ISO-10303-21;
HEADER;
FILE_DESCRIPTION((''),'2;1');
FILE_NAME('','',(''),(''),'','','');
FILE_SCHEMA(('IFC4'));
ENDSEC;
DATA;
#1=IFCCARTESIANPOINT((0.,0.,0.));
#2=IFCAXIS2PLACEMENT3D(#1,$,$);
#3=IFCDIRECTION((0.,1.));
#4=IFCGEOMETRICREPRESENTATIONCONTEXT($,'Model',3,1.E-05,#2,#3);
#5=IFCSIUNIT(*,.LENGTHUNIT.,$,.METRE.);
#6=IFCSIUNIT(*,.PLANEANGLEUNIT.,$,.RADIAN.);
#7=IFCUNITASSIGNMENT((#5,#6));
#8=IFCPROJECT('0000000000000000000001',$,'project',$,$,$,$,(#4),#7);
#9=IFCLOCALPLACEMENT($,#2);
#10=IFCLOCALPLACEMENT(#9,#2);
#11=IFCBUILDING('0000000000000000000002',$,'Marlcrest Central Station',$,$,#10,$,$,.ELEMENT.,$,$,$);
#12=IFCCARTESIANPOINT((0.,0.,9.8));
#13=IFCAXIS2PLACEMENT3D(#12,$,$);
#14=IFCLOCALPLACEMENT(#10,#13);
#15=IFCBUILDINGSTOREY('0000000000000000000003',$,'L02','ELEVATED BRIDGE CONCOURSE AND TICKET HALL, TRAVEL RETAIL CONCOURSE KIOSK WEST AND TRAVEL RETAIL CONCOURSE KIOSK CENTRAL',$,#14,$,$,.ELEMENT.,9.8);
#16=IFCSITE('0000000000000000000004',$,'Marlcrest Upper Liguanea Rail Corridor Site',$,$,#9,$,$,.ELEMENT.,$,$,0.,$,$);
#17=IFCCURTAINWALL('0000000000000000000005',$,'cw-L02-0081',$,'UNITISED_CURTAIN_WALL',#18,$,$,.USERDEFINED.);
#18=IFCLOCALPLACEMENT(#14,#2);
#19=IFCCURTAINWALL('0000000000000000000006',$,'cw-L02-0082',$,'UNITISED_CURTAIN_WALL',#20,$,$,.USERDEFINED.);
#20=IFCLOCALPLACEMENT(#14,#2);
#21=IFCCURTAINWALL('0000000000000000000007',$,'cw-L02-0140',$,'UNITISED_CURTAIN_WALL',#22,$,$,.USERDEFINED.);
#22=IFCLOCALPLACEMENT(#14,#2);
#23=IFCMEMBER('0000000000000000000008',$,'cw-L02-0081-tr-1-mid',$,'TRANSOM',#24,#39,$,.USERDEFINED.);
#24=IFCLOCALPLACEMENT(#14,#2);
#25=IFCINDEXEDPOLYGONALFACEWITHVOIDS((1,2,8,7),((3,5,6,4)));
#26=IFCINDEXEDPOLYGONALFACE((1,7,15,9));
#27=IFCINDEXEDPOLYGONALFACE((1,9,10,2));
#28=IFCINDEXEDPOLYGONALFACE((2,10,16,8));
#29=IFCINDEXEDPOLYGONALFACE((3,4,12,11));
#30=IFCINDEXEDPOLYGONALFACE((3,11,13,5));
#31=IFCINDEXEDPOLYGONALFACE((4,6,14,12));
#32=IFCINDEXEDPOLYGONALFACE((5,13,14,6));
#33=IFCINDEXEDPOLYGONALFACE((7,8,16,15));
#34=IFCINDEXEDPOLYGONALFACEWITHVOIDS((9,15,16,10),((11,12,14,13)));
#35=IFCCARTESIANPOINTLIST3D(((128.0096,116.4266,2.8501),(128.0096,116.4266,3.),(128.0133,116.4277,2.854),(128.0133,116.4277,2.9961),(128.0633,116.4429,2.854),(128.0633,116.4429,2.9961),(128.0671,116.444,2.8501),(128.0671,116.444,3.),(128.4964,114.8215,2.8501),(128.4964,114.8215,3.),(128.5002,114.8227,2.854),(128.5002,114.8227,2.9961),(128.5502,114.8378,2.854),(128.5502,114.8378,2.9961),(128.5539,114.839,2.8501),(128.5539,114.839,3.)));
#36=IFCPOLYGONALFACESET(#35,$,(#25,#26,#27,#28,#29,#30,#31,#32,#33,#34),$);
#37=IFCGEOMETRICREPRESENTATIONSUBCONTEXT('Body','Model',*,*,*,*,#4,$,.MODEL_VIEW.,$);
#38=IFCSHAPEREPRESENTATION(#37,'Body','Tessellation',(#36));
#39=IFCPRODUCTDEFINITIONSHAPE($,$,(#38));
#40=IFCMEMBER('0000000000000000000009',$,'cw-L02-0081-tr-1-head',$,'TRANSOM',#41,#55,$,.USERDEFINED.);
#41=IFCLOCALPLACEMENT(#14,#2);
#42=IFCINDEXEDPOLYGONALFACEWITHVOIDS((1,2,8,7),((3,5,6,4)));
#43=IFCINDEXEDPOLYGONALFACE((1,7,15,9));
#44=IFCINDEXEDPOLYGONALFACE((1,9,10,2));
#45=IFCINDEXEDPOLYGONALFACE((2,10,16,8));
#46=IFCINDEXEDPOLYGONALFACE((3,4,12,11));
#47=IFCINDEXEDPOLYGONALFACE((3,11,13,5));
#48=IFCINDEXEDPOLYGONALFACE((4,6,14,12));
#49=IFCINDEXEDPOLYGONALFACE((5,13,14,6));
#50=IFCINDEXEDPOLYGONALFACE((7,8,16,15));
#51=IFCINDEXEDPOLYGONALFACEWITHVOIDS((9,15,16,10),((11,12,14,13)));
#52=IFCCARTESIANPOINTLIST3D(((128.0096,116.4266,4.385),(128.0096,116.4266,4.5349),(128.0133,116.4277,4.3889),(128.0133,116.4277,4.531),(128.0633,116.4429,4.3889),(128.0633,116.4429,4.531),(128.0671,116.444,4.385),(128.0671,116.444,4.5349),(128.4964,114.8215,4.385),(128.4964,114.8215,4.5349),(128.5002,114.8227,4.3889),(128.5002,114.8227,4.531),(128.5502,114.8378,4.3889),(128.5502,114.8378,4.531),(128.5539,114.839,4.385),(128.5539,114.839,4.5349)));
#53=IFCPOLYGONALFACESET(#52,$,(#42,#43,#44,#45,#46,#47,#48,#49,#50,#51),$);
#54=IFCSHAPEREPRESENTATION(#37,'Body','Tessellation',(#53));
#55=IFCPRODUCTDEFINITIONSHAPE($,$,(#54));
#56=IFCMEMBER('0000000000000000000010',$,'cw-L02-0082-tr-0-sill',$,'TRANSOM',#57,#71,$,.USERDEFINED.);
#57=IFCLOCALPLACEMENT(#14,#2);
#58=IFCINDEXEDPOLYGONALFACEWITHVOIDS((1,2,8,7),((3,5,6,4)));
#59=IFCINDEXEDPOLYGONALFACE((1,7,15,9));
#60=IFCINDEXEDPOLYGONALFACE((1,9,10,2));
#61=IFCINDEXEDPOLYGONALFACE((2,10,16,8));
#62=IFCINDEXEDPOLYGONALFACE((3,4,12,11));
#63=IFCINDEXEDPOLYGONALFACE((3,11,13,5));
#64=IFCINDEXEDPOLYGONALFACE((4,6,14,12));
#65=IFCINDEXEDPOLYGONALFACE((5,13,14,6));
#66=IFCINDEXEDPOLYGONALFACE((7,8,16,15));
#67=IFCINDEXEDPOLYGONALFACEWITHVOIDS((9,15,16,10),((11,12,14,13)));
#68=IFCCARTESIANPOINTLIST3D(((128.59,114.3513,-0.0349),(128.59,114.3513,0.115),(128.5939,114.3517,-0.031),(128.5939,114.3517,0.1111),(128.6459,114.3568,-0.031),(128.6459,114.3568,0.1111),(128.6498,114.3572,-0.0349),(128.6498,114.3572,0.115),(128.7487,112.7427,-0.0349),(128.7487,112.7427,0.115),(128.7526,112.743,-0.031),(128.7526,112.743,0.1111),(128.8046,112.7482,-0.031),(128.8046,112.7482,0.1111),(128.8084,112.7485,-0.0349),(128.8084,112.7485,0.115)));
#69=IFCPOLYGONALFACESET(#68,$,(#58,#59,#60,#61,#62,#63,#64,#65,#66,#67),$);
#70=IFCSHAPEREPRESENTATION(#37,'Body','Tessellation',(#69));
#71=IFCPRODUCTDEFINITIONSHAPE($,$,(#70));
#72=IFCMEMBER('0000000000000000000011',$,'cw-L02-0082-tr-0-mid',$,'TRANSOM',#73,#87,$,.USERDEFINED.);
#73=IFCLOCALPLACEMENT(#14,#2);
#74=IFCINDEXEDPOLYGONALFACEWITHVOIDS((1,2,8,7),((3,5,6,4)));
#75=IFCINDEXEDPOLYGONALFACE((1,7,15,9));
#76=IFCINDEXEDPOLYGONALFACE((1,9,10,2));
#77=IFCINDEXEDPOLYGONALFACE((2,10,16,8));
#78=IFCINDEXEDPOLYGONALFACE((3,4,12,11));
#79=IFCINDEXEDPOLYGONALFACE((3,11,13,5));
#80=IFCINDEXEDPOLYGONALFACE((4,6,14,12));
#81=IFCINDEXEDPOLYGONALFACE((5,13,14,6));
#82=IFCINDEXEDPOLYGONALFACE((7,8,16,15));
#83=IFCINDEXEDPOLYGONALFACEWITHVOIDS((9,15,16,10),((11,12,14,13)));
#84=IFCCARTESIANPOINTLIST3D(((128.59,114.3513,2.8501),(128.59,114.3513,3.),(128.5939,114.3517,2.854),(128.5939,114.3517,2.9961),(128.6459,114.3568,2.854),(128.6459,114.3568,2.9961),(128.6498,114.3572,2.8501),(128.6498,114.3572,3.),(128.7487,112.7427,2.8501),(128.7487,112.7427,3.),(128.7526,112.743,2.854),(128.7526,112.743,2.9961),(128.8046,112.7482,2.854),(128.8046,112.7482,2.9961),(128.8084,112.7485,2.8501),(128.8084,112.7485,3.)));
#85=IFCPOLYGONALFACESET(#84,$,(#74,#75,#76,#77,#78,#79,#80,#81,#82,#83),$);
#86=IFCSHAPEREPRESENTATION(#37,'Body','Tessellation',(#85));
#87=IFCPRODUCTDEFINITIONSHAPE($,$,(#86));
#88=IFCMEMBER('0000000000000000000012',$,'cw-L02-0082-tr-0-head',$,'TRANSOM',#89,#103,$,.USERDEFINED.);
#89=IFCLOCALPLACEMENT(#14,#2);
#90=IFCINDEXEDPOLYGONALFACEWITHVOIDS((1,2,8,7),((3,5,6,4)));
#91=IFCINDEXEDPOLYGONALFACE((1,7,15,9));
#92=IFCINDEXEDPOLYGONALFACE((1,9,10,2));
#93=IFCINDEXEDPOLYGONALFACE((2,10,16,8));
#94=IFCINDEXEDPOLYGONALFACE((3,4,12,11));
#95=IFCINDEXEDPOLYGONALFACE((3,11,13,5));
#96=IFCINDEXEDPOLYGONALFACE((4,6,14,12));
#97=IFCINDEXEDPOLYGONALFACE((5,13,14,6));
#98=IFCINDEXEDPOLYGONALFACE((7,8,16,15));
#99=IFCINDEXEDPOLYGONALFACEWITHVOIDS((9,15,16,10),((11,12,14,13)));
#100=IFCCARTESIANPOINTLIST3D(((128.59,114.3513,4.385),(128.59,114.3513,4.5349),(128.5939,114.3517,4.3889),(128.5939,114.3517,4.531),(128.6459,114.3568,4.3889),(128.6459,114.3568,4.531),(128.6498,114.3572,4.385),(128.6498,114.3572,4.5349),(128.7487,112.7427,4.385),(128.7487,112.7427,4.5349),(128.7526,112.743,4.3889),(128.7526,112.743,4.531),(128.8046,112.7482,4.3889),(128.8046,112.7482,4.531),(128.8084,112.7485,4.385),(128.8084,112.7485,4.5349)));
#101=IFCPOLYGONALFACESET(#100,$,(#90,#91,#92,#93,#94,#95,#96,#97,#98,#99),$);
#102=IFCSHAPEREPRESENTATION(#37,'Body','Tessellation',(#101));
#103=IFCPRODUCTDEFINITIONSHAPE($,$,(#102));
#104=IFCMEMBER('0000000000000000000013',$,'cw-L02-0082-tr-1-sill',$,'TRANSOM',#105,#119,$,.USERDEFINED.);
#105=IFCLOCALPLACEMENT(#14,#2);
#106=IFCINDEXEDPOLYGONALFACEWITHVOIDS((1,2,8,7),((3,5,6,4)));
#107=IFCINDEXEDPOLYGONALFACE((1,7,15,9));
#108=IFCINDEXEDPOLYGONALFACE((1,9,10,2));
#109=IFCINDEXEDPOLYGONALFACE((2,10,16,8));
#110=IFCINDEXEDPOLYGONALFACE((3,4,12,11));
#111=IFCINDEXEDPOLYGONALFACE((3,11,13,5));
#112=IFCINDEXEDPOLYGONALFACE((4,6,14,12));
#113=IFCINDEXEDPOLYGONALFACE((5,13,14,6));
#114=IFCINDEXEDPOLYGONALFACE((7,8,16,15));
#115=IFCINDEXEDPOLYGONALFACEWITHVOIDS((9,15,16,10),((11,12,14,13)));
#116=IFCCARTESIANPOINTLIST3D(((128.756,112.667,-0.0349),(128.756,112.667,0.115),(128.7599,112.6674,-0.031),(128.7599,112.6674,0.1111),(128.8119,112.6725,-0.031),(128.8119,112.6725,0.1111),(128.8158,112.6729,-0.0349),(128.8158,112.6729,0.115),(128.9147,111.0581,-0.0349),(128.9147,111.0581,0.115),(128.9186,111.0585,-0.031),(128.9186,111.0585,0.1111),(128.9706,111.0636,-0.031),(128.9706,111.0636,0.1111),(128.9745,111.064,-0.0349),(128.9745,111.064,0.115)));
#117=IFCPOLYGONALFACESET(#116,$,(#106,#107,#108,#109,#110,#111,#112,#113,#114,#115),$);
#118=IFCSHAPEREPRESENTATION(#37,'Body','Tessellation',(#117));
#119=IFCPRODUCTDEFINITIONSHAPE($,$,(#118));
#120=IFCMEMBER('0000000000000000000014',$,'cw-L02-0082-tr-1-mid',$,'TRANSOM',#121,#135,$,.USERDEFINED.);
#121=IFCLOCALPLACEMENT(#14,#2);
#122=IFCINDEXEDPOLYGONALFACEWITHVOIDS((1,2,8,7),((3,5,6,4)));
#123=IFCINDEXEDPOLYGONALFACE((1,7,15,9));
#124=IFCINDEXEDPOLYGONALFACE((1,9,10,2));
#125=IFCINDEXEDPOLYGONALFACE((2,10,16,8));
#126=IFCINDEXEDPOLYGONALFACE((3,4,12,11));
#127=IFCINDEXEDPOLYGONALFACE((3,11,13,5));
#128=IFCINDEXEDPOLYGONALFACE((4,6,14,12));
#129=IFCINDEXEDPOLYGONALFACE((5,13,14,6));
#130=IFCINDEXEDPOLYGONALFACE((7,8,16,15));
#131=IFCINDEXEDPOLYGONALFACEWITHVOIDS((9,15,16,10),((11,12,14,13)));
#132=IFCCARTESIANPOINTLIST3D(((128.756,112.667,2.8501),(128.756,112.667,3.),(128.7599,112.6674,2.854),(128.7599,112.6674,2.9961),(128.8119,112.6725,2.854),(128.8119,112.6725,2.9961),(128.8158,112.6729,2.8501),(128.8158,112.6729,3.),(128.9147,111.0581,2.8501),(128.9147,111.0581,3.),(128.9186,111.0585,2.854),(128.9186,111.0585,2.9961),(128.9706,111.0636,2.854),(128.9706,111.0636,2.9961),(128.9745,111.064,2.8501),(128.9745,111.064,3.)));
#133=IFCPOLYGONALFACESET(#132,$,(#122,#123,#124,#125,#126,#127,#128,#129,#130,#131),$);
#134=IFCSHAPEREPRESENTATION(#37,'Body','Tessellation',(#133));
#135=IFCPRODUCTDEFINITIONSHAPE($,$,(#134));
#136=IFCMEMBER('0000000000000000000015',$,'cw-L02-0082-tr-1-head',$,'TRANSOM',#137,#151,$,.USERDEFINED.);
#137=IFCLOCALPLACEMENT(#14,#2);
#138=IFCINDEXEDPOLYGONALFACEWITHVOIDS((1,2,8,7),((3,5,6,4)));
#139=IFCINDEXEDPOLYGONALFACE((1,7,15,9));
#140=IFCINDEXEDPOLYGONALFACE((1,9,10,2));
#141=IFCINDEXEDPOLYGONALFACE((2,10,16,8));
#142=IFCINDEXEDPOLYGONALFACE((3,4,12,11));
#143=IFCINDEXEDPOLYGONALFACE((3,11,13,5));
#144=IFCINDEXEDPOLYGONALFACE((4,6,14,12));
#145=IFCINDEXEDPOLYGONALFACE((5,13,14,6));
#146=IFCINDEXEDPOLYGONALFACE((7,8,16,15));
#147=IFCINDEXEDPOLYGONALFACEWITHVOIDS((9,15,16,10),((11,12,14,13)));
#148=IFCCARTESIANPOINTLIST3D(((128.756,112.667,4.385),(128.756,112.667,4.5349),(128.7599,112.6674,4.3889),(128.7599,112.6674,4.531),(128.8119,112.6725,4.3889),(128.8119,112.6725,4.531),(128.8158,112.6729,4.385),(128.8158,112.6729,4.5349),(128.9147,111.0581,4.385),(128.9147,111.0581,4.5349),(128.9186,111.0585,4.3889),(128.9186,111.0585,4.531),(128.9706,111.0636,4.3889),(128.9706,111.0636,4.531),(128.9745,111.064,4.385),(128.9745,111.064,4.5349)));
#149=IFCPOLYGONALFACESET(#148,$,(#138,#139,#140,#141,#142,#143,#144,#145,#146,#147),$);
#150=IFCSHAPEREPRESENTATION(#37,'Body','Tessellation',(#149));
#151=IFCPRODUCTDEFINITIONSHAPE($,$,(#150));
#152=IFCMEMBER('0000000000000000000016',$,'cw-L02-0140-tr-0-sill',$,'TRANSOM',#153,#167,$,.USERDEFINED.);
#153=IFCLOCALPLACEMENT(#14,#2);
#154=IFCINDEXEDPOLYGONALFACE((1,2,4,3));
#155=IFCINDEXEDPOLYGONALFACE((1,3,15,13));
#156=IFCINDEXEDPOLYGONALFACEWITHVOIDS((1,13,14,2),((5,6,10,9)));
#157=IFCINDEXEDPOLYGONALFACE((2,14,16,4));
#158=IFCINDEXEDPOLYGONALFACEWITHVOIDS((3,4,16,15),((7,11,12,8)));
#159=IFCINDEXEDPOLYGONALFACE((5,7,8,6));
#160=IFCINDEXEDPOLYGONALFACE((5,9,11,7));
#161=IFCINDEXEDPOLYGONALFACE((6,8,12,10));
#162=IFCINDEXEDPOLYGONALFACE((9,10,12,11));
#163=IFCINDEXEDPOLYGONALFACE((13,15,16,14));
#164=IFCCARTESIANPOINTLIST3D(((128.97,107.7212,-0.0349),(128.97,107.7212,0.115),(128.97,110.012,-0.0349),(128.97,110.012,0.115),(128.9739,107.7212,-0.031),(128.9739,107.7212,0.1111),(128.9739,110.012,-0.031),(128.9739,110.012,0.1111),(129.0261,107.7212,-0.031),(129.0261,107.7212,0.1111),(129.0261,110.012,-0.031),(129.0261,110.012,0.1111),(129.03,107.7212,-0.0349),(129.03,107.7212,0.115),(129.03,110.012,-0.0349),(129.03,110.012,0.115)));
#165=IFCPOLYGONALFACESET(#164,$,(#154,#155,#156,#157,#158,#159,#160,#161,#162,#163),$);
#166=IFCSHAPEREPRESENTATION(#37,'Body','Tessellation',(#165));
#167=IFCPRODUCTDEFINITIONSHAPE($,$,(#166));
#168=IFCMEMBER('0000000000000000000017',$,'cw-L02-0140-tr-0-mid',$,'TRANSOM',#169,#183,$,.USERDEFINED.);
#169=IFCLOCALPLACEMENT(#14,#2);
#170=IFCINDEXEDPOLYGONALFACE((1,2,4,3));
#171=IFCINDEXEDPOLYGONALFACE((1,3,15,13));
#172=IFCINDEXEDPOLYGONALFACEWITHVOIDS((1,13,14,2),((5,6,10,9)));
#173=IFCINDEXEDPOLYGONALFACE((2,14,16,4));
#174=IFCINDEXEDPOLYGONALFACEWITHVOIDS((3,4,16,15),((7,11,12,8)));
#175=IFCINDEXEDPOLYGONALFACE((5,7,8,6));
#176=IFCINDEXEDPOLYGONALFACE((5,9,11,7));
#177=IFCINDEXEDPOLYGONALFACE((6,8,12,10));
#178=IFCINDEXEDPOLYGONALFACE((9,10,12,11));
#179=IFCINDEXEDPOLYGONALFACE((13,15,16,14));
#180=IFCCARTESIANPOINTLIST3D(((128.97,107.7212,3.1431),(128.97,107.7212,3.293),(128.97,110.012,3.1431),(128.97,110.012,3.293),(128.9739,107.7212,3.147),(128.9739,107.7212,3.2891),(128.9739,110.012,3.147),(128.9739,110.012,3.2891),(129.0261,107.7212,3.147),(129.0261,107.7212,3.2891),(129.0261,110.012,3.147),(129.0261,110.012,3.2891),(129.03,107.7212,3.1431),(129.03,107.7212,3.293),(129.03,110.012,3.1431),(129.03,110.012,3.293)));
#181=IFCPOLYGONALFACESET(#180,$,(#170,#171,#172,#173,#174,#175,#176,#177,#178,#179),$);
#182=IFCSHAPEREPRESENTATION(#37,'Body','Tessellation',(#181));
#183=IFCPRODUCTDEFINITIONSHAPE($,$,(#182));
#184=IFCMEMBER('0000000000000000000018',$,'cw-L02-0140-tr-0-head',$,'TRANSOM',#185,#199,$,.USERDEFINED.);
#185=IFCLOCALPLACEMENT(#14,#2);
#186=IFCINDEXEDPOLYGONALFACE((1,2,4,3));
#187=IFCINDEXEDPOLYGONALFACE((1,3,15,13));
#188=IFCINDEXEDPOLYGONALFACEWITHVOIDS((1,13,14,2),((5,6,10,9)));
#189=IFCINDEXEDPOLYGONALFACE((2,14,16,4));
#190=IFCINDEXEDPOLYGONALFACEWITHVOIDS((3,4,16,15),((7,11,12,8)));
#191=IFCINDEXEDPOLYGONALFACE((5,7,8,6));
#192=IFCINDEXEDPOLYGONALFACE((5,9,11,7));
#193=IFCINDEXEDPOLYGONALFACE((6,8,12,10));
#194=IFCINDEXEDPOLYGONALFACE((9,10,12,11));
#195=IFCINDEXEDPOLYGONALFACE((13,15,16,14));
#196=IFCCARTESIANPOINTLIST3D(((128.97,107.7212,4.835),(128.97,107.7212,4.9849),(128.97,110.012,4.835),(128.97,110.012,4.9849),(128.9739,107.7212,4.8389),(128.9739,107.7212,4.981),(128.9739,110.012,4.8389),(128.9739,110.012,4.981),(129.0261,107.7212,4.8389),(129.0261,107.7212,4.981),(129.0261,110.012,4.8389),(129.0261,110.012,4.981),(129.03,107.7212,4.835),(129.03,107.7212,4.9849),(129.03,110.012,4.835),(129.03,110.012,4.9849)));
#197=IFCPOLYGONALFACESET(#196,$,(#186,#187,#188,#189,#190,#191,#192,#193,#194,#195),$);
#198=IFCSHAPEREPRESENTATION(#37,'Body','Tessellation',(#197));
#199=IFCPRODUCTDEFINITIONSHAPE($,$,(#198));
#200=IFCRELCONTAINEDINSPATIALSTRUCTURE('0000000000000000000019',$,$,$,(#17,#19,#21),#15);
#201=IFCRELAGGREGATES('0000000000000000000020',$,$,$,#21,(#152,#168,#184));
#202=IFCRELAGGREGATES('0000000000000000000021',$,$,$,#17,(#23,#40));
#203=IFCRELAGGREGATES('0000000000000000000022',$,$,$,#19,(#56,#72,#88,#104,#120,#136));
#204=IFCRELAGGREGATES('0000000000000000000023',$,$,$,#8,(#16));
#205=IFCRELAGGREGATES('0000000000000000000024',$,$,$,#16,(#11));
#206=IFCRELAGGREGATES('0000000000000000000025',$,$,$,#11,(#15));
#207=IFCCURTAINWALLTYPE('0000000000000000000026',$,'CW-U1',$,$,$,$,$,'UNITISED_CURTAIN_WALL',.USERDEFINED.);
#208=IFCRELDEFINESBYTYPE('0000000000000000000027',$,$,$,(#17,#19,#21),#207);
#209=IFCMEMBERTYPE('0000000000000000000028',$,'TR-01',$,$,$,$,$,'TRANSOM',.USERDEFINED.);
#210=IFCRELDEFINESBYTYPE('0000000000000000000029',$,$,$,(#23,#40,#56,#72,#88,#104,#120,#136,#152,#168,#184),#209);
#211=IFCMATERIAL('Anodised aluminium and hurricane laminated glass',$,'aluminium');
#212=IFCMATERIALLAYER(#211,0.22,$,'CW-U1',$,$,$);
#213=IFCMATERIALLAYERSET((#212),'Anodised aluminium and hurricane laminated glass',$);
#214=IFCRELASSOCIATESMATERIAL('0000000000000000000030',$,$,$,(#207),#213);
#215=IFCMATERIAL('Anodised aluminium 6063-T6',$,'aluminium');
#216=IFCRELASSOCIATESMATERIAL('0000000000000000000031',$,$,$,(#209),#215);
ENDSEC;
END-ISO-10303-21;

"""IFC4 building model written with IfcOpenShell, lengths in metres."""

from ifc_helpers import new_model, si_unit, direction, frame, origin, origin_2d, place, context, subcontext, project, spatial, hollow_rectangle, extrude, material, layer, layer_set, material_profile, profile_set, type_object, element, aggregate, save


model = new_model("IFC4")

# Units and contexts
model_context = context("Model", 3, precision=1e-05, world=origin(), true_north=direction((0.0, 1.0)))
body_context = subcontext(model_context, "Body", "Model", "MODEL_VIEW")
ifc_project = project(units=[si_unit("LENGTHUNIT", "METRE"), si_unit("PLANEANGLEUNIT", "RADIAN")], contexts=[model_context])

# Site, building, storey
site_placement = place(None, origin())
site = spatial("IfcSite", under=ifc_project, at=site_placement, Name="Marlcrest Upper Liguanea Rail Corridor Site", CompositionType="ELEMENT", RefElevation=0.0)
building_placement = place(site_placement, origin())
building = spatial("IfcBuilding", under=site, at=building_placement, Name="Marlcrest Central Station", CompositionType="ELEMENT")
storey_placement = place(building_placement, frame((0.0, 0.0, 9.8)))
storey = spatial("IfcBuildingStorey", under=building, at=storey_placement, Name="L02", Description="ELEVATED BRIDGE CONCOURSE AND TICKET HALL, TRAVEL RETAIL CONCOURSE KIOSK WEST AND TRAVEL RETAIL CONCOURSE KIOSK CENTRAL", CompositionType="ELEMENT", Elevation=9.8)

# Curtain walls
ifc_material_1 = material(Name="Anodised aluminium and hurricane laminated glass", Category="aluminium")
ifc_layer_1 = layer(ifc_material_1, 0.22, Name="CW-U1")
ifc_layer_set_1 = layer_set([ifc_layer_1], Name="Anodised aluminium and hurricane laminated glass")
curtain_wall_type = type_object("IfcCurtainWallType", Name="CW-U1", ElementType="UNITISED_CURTAIN_WALL", PredefinedType="USERDEFINED", material=ifc_layer_set_1)
curtain_wall_1_placement = place(storey_placement, origin())
curtain_wall_1 = element("IfcCurtainWall", 1, at=curtain_wall_1_placement, inside=storey, type_object=curtain_wall_type, Name="cw-L02-0081", ObjectType="UNITISED_CURTAIN_WALL", PredefinedType="USERDEFINED")
ifc_material_2 = material(Name="Anodised aluminium 6063-T6", Category="aluminium")
curtain_wall_2_placement = place(storey_placement, origin())
curtain_wall_2 = element("IfcCurtainWall", 2, at=curtain_wall_2_placement, inside=storey, type_object=curtain_wall_type, Name="cw-L02-0082", ObjectType="UNITISED_CURTAIN_WALL", PredefinedType="USERDEFINED")

# Curtain wall
curtain_wall_3_placement = place(storey_placement, origin())
curtain_wall_3 = element("IfcCurtainWall", 3, at=curtain_wall_3_placement, inside=storey, type_object=curtain_wall_type, Name="cw-L02-0140", ObjectType="UNITISED_CURTAIN_WALL", PredefinedType="USERDEFINED")

# Members
ifc_material_profile_1 = material_profile(ifc_material_2, hollow_rectangle(XDim=0.0601, YDim=0.1499, WallThickness=0.0039, at=origin_2d()), Name="AA-RHS 150x60x4")
ifc_profile_set_1 = profile_set([ifc_material_profile_1], Name="Anodised aluminium 6063-T6")
member_type_1 = type_object("IfcMemberType", Name="TR-01", ElementType="TRANSOM", PredefinedType="USERDEFINED", material=ifc_profile_set_1)
member_1_placement = place(storey_placement, frame((128.0383, 116.4353, 2.925), z_axis=(0.290258, -0.956948, 0.0), x_axis=(0.956948, 0.290258, 0.0)))
member_1 = element("IfcMember", 4, at=member_1_placement, type_object=member_type_1, Name="cw-L02-0081-tr-1-mid", ObjectType="TRANSOM", PredefinedType="USERDEFINED", context=body_context, shape_type="SweptSolid", body=[
    extrude(hollow_rectangle(XDim=0.0601, YDim=0.1499, WallThickness=0.0039, at=origin_2d()), origin(), (0.0, 0.0, 1.0), 1.6772),
])
member_2_placement = place(storey_placement, frame((128.0383, 116.4353, 4.46), z_axis=(0.290258, -0.956948, 0.0), x_axis=(0.956948, 0.290258, 0.0)))
member_2 = element("IfcMember", 5, at=member_2_placement, type_object=member_type_1, Name="cw-L02-0081-tr-1-head", ObjectType="TRANSOM", PredefinedType="USERDEFINED", context=body_context, shape_type="SweptSolid", body=[
    extrude(hollow_rectangle(XDim=0.0601, YDim=0.1499, WallThickness=0.0039, at=origin_2d()), origin(), (0.0, 0.0, 1.0), 1.6772),
])
member_3_placement = place(storey_placement, frame((128.6199, 114.3542, 0.04), z_axis=(0.098173, -0.995169, 0.0), x_axis=(0.995169, 0.098173, 0.0)))
member_3 = element("IfcMember", 6, at=member_3_placement, type_object=member_type_1, Name="cw-L02-0082-tr-0-sill", ObjectType="TRANSOM", PredefinedType="USERDEFINED", context=body_context, shape_type="SweptSolid", body=[
    extrude(hollow_rectangle(XDim=0.0601, YDim=0.1499, WallThickness=0.0039, at=origin_2d()), origin(), (0.0, 0.0, 1.0), 1.6165),
])
member_4_placement = place(storey_placement, frame((128.6199, 114.3542, 2.925), z_axis=(0.098173, -0.995169, 0.0), x_axis=(0.995169, 0.098173, 0.0)))
member_4 = element("IfcMember", 7, at=member_4_placement, type_object=member_type_1, Name="cw-L02-0082-tr-0-mid", ObjectType="TRANSOM", PredefinedType="USERDEFINED", context=body_context, shape_type="SweptSolid", body=[
    extrude(hollow_rectangle(XDim=0.0601, YDim=0.1499, WallThickness=0.0039, at=origin_2d()), origin(), (0.0, 0.0, 1.0), 1.6165),
])
member_5_placement = place(storey_placement, frame((128.6199, 114.3542, 4.46), z_axis=(0.098173, -0.995169, 0.0), x_axis=(0.995169, 0.098173, 0.0)))
member_5 = element("IfcMember", 8, at=member_5_placement, type_object=member_type_1, Name="cw-L02-0082-tr-0-head", ObjectType="TRANSOM", PredefinedType="USERDEFINED", context=body_context, shape_type="SweptSolid", body=[
    extrude(hollow_rectangle(XDim=0.0601, YDim=0.1499, WallThickness=0.0039, at=origin_2d()), origin(), (0.0, 0.0, 1.0), 1.6165),
])
member_6_placement = place(storey_placement, frame((128.7859, 112.6699, 0.04), z_axis=(0.098158, -0.995171, 0.0), x_axis=(0.995171, 0.098158, 0.0)))
member_6 = element("IfcMember", 9, at=member_6_placement, type_object=member_type_1, Name="cw-L02-0082-tr-1-sill", ObjectType="TRANSOM", PredefinedType="USERDEFINED", context=body_context, shape_type="SweptSolid", body=[
    extrude(hollow_rectangle(XDim=0.0601, YDim=0.1499, WallThickness=0.0039, at=origin_2d()), origin(), (0.0, 0.0, 1.0), 1.6167),
])
member_7_placement = place(storey_placement, frame((128.7859, 112.6699, 2.925), z_axis=(0.098158, -0.995171, 0.0), x_axis=(0.995171, 0.098158, 0.0)))
member_7 = element("IfcMember", 10, at=member_7_placement, type_object=member_type_1, Name="cw-L02-0082-tr-1-mid", ObjectType="TRANSOM", PredefinedType="USERDEFINED", context=body_context, shape_type="SweptSolid", body=[
    extrude(hollow_rectangle(XDim=0.0601, YDim=0.1499, WallThickness=0.0039, at=origin_2d()), origin(), (0.0, 0.0, 1.0), 1.6167),
])
member_8_placement = place(storey_placement, frame((128.7859, 112.6699, 4.46), z_axis=(0.098158, -0.995171, 0.0), x_axis=(0.995171, 0.098158, 0.0)))
member_8 = element("IfcMember", 11, at=member_8_placement, type_object=member_type_1, Name="cw-L02-0082-tr-1-head", ObjectType="TRANSOM", PredefinedType="USERDEFINED", context=body_context, shape_type="SweptSolid", body=[
    extrude(hollow_rectangle(XDim=0.0601, YDim=0.1499, WallThickness=0.0039, at=origin_2d()), origin(), (0.0, 0.0, 1.0), 1.6167),
])
member_9_placement = place(storey_placement, frame((129.0, 110.012, 0.04), z_axis=(0.0, -1.0, 0.0), x_axis=(1.0, 0.0, 0.0)))
member_9 = element("IfcMember", 12, at=member_9_placement, type_object=member_type_1, Name="cw-L02-0140-tr-0-sill", ObjectType="TRANSOM", PredefinedType="USERDEFINED", context=body_context, shape_type="SweptSolid", body=[
    extrude(hollow_rectangle(XDim=0.0601, YDim=0.1499, WallThickness=0.0039, at=origin_2d()), origin(), (0.0, 0.0, 1.0), 2.2908),
])
member_10_placement = place(storey_placement, frame((129.0, 110.012, 3.218), z_axis=(0.0, -1.0, 0.0), x_axis=(1.0, 0.0, 0.0)))
member_10 = element("IfcMember", 13, at=member_10_placement, type_object=member_type_1, Name="cw-L02-0140-tr-0-mid", ObjectType="TRANSOM", PredefinedType="USERDEFINED", context=body_context, shape_type="SweptSolid", body=[
    extrude(hollow_rectangle(XDim=0.0601, YDim=0.1499, WallThickness=0.0039, at=origin_2d()), origin(), (0.0, 0.0, 1.0), 2.2908),
])
member_11_placement = place(storey_placement, frame((129.0, 110.012, 4.9099), z_axis=(0.0, -1.0, 0.0), x_axis=(1.0, 0.0, 0.0)))
member_11 = element("IfcMember", 14, at=member_11_placement, type_object=member_type_1, Name="cw-L02-0140-tr-0-head", ObjectType="TRANSOM", PredefinedType="USERDEFINED", context=body_context, shape_type="SweptSolid", body=[
    extrude(hollow_rectangle(XDim=0.0601, YDim=0.1499, WallThickness=0.0039, at=origin_2d()), origin(), (0.0, 0.0, 1.0), 2.2908),
])

aggregate(curtain_wall_3, [member_9, member_10, member_11])
aggregate(curtain_wall_1, [member_1, member_2])
aggregate(curtain_wall_2, [member_3, member_4, member_5, member_6, member_7, member_8])

save(model, "model.ifc")
